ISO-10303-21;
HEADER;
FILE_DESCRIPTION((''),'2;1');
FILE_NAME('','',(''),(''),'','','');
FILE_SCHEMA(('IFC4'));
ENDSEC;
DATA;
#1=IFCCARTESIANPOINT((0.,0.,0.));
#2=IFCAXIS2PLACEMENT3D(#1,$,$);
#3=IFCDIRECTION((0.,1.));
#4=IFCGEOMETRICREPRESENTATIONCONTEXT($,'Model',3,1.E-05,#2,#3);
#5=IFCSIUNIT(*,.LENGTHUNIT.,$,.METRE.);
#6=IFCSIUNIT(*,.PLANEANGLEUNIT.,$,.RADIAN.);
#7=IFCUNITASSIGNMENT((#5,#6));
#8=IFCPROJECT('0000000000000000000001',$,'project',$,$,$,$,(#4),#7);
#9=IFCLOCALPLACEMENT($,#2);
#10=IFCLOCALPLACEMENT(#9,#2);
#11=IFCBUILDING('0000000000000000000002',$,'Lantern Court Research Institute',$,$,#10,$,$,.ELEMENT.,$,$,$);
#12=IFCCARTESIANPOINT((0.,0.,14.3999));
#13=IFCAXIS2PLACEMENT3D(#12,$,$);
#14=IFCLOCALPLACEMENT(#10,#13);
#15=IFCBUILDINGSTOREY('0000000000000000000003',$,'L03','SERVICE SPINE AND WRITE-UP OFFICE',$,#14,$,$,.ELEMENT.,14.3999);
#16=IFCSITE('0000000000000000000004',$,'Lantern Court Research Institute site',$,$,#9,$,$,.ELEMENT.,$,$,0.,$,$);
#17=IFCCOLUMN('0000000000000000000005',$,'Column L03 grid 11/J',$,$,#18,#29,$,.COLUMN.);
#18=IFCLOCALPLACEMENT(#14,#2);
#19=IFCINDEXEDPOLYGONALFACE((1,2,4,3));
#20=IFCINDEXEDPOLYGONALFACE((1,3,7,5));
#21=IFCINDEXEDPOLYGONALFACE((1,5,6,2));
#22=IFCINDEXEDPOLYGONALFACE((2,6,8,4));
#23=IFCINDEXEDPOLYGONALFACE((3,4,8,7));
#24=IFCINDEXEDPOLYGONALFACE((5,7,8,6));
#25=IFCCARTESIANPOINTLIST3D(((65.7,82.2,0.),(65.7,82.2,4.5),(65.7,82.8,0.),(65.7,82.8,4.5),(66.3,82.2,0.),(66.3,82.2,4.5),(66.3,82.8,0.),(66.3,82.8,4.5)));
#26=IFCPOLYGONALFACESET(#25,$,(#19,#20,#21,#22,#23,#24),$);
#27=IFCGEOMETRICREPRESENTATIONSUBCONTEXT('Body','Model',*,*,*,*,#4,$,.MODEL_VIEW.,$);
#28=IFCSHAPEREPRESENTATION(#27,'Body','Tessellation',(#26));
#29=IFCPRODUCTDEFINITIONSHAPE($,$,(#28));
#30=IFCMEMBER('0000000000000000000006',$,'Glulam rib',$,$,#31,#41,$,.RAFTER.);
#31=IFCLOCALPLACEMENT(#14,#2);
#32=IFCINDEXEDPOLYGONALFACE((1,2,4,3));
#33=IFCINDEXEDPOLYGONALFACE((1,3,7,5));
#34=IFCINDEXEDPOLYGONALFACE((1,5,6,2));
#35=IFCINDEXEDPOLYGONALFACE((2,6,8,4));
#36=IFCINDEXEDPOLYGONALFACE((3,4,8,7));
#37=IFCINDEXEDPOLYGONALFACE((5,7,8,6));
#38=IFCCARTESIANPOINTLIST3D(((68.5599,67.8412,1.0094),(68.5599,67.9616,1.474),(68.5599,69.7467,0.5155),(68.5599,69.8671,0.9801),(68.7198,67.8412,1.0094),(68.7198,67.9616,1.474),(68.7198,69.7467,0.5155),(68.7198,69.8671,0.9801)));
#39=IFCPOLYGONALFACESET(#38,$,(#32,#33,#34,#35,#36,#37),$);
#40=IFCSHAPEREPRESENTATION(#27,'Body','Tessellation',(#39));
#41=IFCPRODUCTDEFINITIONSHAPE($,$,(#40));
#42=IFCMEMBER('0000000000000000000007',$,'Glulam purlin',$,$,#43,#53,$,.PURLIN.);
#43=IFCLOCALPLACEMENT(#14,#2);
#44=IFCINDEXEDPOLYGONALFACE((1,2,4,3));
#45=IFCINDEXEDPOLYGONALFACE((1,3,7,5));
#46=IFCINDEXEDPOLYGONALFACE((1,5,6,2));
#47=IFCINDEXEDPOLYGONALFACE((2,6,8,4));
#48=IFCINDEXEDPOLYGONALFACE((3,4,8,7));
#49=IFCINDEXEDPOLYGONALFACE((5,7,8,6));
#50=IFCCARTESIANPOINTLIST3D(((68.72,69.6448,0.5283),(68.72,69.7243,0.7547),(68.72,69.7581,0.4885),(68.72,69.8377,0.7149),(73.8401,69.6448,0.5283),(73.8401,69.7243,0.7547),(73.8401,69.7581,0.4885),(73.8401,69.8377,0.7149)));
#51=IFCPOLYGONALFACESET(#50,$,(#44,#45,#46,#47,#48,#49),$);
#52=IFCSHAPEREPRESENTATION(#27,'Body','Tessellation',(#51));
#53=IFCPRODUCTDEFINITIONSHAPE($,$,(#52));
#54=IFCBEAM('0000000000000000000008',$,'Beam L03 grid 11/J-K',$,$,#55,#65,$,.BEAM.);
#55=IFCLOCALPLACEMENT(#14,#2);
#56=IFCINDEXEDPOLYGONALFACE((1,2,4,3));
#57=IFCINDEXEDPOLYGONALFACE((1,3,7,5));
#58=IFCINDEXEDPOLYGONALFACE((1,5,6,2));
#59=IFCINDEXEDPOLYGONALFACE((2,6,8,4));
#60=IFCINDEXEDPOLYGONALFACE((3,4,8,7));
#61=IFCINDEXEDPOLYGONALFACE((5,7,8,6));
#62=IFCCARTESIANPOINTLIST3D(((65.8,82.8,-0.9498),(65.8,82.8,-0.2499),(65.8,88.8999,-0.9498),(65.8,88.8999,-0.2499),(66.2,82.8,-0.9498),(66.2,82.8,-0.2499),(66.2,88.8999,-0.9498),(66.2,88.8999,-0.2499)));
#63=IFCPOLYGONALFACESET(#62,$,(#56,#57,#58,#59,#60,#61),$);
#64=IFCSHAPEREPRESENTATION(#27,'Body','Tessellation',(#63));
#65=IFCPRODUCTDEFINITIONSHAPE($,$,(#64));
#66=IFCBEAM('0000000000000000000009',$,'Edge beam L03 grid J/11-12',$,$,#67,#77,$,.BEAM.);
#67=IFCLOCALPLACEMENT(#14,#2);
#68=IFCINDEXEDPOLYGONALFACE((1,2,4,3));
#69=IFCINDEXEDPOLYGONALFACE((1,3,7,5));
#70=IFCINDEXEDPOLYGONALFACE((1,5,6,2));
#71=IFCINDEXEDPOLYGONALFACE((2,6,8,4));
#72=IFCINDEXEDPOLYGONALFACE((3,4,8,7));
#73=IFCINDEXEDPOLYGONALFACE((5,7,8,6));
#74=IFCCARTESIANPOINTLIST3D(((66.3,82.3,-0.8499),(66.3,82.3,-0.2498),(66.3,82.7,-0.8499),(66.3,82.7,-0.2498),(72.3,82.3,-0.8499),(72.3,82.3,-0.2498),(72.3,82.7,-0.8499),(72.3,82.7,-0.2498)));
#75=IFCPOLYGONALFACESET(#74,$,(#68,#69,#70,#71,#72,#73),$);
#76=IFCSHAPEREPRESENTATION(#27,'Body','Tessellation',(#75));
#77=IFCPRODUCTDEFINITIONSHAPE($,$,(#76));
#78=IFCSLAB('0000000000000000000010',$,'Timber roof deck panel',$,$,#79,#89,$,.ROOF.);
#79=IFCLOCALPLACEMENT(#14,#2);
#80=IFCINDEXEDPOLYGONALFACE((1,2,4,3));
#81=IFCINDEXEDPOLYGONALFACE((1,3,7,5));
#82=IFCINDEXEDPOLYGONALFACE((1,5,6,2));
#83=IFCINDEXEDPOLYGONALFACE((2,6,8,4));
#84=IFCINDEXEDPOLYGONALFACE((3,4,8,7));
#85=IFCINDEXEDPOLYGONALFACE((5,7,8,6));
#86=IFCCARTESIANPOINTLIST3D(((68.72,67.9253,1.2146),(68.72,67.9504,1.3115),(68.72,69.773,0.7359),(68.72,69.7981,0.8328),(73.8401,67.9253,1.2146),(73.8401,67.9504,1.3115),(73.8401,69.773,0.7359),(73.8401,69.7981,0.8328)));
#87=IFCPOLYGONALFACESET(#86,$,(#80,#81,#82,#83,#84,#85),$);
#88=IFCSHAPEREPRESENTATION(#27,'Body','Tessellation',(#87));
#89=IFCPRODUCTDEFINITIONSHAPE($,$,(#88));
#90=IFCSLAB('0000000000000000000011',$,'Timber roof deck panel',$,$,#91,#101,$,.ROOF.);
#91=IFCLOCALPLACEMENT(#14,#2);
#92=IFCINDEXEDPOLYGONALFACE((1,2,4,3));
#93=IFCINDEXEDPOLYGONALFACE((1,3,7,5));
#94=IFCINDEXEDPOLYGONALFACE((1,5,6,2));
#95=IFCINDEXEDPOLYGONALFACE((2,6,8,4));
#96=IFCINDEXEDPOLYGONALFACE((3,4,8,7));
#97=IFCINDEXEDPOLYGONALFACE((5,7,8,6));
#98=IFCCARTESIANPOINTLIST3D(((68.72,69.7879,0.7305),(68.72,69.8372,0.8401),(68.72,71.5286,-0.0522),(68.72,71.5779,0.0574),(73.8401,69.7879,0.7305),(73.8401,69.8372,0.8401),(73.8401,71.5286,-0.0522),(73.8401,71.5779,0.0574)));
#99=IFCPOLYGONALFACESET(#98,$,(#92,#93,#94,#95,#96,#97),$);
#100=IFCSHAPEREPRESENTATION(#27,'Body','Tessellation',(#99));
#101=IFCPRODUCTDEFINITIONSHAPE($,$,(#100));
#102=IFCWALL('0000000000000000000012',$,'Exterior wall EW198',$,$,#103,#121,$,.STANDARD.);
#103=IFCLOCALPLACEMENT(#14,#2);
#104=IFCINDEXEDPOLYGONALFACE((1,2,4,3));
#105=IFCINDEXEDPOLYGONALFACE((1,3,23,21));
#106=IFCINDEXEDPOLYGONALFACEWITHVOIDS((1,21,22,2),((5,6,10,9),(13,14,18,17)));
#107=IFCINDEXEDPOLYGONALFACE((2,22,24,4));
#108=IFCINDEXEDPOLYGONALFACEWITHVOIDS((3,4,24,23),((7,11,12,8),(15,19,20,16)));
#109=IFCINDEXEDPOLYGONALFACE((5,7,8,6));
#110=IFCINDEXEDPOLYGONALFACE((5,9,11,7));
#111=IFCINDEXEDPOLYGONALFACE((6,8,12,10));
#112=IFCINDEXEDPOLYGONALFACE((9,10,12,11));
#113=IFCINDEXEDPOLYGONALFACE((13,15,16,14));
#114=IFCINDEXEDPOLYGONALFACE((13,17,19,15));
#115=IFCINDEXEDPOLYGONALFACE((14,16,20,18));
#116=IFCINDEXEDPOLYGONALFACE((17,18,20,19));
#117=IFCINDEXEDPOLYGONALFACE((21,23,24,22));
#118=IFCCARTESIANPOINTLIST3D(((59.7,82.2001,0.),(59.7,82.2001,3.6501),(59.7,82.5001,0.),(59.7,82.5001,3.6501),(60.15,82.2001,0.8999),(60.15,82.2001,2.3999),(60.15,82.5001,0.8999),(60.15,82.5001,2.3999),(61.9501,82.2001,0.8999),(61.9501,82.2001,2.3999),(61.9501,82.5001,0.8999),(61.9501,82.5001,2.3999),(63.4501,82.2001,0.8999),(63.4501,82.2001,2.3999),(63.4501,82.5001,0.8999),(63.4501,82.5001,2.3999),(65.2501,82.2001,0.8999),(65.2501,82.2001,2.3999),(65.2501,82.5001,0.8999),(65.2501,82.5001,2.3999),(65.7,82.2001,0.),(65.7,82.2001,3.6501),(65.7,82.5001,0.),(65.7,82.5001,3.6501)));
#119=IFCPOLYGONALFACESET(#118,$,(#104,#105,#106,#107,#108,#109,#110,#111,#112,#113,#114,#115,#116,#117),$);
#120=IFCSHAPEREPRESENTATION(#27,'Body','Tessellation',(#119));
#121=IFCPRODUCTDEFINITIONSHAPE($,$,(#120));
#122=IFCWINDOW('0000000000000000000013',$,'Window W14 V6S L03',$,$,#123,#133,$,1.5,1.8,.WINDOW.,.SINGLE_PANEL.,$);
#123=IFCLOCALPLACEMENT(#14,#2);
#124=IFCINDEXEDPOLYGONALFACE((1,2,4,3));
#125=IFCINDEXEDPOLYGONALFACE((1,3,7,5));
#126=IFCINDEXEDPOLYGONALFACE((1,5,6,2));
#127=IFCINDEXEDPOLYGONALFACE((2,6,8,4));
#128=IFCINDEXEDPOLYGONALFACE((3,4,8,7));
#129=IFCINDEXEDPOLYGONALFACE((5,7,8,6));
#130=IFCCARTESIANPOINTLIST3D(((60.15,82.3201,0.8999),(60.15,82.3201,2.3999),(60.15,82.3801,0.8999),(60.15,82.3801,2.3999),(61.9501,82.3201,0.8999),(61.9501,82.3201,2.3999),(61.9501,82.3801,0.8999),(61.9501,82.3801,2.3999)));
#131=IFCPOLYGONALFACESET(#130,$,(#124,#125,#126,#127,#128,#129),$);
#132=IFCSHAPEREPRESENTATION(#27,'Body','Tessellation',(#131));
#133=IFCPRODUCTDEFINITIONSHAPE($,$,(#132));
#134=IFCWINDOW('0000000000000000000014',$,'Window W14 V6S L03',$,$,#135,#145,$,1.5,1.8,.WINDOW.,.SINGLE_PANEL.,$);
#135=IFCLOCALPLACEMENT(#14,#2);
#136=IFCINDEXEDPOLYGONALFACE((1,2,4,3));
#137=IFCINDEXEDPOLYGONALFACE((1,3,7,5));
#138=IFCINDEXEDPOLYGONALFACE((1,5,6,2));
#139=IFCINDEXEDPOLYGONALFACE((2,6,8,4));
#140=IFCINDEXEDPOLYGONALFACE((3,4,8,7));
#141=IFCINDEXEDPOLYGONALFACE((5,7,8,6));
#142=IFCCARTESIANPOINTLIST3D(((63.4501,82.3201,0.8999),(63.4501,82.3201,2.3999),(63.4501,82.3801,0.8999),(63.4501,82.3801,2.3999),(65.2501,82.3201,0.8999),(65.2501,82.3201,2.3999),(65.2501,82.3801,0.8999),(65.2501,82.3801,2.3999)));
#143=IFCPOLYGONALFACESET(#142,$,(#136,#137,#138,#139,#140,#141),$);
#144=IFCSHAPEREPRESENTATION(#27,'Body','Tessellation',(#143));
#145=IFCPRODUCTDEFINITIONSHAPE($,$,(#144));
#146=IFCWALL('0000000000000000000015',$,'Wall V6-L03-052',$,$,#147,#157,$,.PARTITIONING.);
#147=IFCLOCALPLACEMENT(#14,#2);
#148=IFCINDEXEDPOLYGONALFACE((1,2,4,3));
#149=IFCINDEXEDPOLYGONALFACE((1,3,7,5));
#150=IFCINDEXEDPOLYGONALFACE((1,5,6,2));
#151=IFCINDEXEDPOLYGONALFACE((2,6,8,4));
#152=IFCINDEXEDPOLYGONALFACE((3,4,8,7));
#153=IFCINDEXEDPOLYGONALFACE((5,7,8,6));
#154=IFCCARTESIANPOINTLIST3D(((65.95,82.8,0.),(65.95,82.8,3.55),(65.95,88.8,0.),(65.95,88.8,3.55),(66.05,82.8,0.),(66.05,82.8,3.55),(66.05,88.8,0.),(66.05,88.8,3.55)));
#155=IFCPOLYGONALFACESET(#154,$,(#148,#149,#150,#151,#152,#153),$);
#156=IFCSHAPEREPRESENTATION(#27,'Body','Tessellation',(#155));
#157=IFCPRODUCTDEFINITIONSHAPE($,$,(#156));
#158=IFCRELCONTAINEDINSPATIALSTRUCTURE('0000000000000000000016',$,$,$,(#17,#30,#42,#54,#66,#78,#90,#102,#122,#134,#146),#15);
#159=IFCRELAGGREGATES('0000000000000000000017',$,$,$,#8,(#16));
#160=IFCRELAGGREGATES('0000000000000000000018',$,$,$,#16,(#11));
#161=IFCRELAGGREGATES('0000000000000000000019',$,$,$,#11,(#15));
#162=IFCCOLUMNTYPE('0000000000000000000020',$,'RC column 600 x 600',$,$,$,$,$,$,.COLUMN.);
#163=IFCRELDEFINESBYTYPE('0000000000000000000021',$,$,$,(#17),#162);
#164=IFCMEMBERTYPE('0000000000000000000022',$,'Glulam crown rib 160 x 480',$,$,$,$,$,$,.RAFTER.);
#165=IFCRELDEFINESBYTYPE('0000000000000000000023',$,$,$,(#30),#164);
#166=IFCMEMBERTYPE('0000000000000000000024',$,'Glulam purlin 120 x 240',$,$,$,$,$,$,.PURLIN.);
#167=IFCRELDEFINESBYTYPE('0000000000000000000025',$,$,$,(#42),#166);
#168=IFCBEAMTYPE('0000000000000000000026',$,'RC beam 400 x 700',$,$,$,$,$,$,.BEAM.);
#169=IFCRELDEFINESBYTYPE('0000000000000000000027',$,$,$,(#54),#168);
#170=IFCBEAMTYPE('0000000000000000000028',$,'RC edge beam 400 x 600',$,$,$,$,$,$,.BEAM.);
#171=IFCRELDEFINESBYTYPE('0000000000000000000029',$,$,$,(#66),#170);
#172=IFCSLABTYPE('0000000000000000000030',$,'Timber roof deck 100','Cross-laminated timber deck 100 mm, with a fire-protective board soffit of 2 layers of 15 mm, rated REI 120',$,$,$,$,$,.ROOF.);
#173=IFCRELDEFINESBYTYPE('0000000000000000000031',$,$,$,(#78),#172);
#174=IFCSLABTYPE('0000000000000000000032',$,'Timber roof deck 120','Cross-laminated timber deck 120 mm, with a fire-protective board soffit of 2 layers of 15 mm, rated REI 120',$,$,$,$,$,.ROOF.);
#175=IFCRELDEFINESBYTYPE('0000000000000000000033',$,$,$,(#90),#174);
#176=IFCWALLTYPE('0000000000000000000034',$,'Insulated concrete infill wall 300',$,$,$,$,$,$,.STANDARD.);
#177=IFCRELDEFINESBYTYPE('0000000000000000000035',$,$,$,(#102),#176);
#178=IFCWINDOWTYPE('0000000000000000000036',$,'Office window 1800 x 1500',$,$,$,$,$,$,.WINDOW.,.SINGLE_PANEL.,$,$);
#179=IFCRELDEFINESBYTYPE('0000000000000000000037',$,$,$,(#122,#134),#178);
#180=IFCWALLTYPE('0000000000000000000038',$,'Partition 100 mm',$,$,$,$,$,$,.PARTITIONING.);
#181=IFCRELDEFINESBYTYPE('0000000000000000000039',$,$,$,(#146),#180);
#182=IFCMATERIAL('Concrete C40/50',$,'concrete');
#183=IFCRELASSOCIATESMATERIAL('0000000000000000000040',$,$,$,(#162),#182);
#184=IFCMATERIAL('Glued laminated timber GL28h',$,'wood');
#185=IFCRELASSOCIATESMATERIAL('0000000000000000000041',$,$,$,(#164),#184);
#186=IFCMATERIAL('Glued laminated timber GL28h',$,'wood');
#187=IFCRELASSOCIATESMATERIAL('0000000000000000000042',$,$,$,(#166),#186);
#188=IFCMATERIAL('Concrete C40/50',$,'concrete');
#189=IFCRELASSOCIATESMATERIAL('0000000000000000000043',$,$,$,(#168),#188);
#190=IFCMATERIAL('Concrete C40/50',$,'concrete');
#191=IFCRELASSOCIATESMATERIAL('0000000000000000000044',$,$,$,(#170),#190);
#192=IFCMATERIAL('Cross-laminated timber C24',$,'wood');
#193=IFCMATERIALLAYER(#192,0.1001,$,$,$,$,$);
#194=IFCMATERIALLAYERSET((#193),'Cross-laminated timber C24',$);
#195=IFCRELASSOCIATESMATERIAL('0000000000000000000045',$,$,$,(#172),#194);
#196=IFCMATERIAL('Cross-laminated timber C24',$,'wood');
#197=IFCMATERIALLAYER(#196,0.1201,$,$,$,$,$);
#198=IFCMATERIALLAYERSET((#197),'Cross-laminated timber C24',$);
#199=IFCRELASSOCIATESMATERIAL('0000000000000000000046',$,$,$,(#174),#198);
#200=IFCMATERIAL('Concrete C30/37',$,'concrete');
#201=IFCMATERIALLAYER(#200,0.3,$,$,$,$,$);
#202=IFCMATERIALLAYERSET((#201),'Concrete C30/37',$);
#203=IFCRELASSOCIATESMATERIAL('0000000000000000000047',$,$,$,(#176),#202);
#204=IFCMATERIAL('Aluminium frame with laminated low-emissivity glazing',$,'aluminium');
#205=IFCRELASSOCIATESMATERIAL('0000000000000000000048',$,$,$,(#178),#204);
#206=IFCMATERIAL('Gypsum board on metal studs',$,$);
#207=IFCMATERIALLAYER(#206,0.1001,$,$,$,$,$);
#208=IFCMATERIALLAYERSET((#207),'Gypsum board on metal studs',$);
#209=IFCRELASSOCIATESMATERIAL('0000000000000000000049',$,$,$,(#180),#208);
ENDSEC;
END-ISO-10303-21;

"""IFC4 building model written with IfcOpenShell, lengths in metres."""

from ifc_helpers import new_model, si_unit, direction, frame, frame_2d, origin, origin_2d, place, context, subcontext, project, spatial, polyline, rectangle, outline, extrude, material, layer, layer_set, material_profile, profile_set, type_object, element, fill, save


model = new_model("IFC4")

# Units and contexts
model_context = context("Model", 3, precision=1e-05, world=origin(), true_north=direction((0.0, 1.0)))
body_context = subcontext(model_context, "Body", "Model", "MODEL_VIEW")
ifc_project = project(units=[si_unit("LENGTHUNIT", "METRE"), si_unit("PLANEANGLEUNIT", "RADIAN")], contexts=[model_context])

# Site, building, storey
site_placement = place(None, origin())
site = spatial("IfcSite", under=ifc_project, at=site_placement, Name="Lantern Court Research Institute site", CompositionType="ELEMENT", RefElevation=0.0)
building_placement = place(site_placement, origin())
building = spatial("IfcBuilding", under=site, at=building_placement, Name="Lantern Court Research Institute", CompositionType="ELEMENT")
storey_placement = place(building_placement, frame((0.0, 0.0, 14.3999)))
storey = spatial("IfcBuildingStorey", under=building, at=storey_placement, Name="L03", Description="SERVICE SPINE AND WRITE-UP OFFICE", CompositionType="ELEMENT", Elevation=14.3999)

# Column
ifc_material_1 = material(Name="Concrete C40/50", Category="concrete")
ifc_material_profile_1 = material_profile(ifc_material_1, rectangle(XDim=0.6001, YDim=0.6001, at=origin_2d()), Name="RC column 600 x 600")
ifc_profile_set_1 = profile_set([ifc_material_profile_1], Name="Concrete C40/50")
column_type = type_object("IfcColumnType", Name="RC column 600 x 600", PredefinedType="COLUMN", material=ifc_profile_set_1)
column_placement = place(storey_placement, frame((66.0, 82.5, 0.0), z_axis=(0.0, 0.0, 1.0), x_axis=(1.0, 0.0, 0.0)))
element("IfcColumn", 1, at=column_placement, inside=storey, type_object=column_type, Name="Column L03 grid 11/J", PredefinedType="COLUMN", context=body_context, shape_type="SweptSolid", body=[
    extrude(rectangle(XDim=0.6001, YDim=0.6001, at=origin_2d()), origin(), (0.0, 0.0, 1.0), 4.5),
])

# Members
ifc_material_2 = material(Name="Glued laminated timber GL28h", Category="wood")
ifc_material_profile_2 = material_profile(ifc_material_2, rectangle(XDim=0.1599, YDim=0.48, at=origin_2d()), Name="Glulam crown rib 160 x 480")
ifc_profile_set_2 = profile_set([ifc_material_profile_2], Name="Glued laminated timber GL28h")
member_type_1 = type_object("IfcMemberType", Name="Glulam crown rib 160 x 480", PredefinedType="RAFTER", material=ifc_profile_set_2)
member_1_placement = place(storey_placement, frame((68.6399, 67.9014, 1.2417), z_axis=(0.0, 0.968013, -0.250902), x_axis=(-1.0, 0.0, 0.0)))
element("IfcMember", 2, at=member_1_placement, inside=storey, type_object=member_type_1, Name="Glulam rib", PredefinedType="RAFTER", context=body_context, shape_type="SweptSolid", body=[
    extrude(rectangle(XDim=0.1599, YDim=0.48, at=origin_2d()), origin(), (0.0, 0.0, 1.0), 1.9685),
])
ifc_material_3 = material(Name="Glued laminated timber GL28h", Category="wood")
ifc_material_profile_3 = material_profile(ifc_material_3, rectangle(XDim=0.1201, YDim=0.24, at=origin_2d()), Name="Glulam purlin 120 x 240")
ifc_profile_set_3 = profile_set([ifc_material_profile_3], Name="Glued laminated timber GL28h")
member_type_2 = type_object("IfcMemberType", Name="Glulam purlin 120 x 240", PredefinedType="PURLIN", material=ifc_profile_set_3)
member_2_placement = place(storey_placement, frame((68.72, 69.7412, 0.6216), z_axis=(1.0, 0.0, 0.0), x_axis=(0.0, 0.943398, -0.331663)))
element("IfcMember", 3, at=member_2_placement, inside=storey, type_object=member_type_2, Name="Glulam purlin", PredefinedType="PURLIN", context=body_context, shape_type="SweptSolid", body=[
    extrude(rectangle(XDim=0.1201, YDim=0.24, at=origin_2d()), origin(), (0.0, 0.0, 1.0), 5.1201),
])

# Beams
ifc_material_4 = material(Name="Concrete C40/50", Category="concrete")
ifc_material_profile_4 = material_profile(ifc_material_4, rectangle(XDim=0.3999, YDim=0.7, at=origin_2d()), Name="RC beam 400 x 700")
ifc_profile_set_4 = profile_set([ifc_material_profile_4], Name="Concrete C40/50")
beam_type_1 = type_object("IfcBeamType", Name="RC beam 400 x 700", PredefinedType="BEAM", material=ifc_profile_set_4)
beam_1_placement = place(storey_placement, frame((66.0, 82.8, -0.5999), z_axis=(0.0, 1.0, 0.0), x_axis=(-1.0, 0.0, 0.0)))
element("IfcBeam", 4, at=beam_1_placement, inside=storey, type_object=beam_type_1, Name="Beam L03 grid 11/J-K", PredefinedType="BEAM", context=body_context, shape_type="SweptSolid", body=[
    extrude(rectangle(XDim=0.3999, YDim=0.7, at=origin_2d()), origin(), (0.0, 0.0, 1.0), 6.0999),
])
ifc_material_5 = material(Name="Concrete C40/50", Category="concrete")
ifc_material_profile_5 = material_profile(ifc_material_5, rectangle(XDim=0.3999, YDim=0.6001, at=origin_2d()), Name="RC beam 400 x 600")
ifc_profile_set_5 = profile_set([ifc_material_profile_5], Name="Concrete C40/50")
beam_type_2 = type_object("IfcBeamType", Name="RC edge beam 400 x 600", PredefinedType="BEAM", material=ifc_profile_set_5)
beam_2_placement = place(storey_placement, frame((66.3, 82.5, -0.5498), z_axis=(1.0, 0.0, 0.0), x_axis=(0.0, 1.0, 0.0)))
element("IfcBeam", 5, at=beam_2_placement, inside=storey, type_object=beam_type_2, Name="Edge beam L03 grid J/11-12", PredefinedType="BEAM", context=body_context, shape_type="SweptSolid", body=[
    extrude(rectangle(XDim=0.3999, YDim=0.6001, at=origin_2d()), origin(), (0.0, 0.0, 1.0), 6.0),
])

# Slabs
ifc_material_6 = material(Name="Cross-laminated timber C24", Category="wood")
ifc_layer_1 = layer(ifc_material_6, 0.1001)
ifc_layer_set_1 = layer_set([ifc_layer_1], Name="Cross-laminated timber C24")
slab_type_1 = type_object("IfcSlabType", Name="Timber roof deck 100", Description="Cross-laminated timber deck 100 mm, with a fire-protective board soffit of 2 layers of 15 mm, rated REI 120", PredefinedType="ROOF", material=ifc_layer_set_1)
slab_1_placement = place(storey_placement, frame((68.72, 67.9504, 1.3115), z_axis=(0.0, 0.250833, 0.96803), x_axis=(1.0, 0.0, 0.0)))
element("IfcSlab", 6, at=slab_1_placement, inside=storey, type_object=slab_type_1, Name="Timber roof deck panel", PredefinedType="ROOF", context=body_context, shape_type="SweptSolid", body=[
    extrude(outline(polyline([(0.0, 0.0), (5.1201, 0.0), (5.1201, 1.9087), (0.0, 1.9087), (0.0, 0.0)])), origin(), (0.0, 0.0, -1.0), 0.1001),
])
ifc_material_7 = material(Name="Cross-laminated timber C24", Category="wood")
ifc_layer_2 = layer(ifc_material_7, 0.1201)
ifc_layer_set_2 = layer_set([ifc_layer_2], Name="Cross-laminated timber C24")
slab_type_2 = type_object("IfcSlabType", Name="Timber roof deck 120", Description="Cross-laminated timber deck 120 mm, with a fire-protective board soffit of 2 layers of 15 mm, rated REI 120", PredefinedType="ROOF", material=ifc_layer_set_2)
slab_2_placement = place(storey_placement, frame((68.72, 69.8372, 0.8401), z_axis=(0.0, 0.410099, 0.912041), x_axis=(1.0, 0.0, 0.0)))
element("IfcSlab", 7, at=slab_2_placement, inside=storey, type_object=slab_type_2, Name="Timber roof deck panel", PredefinedType="ROOF", context=body_context, shape_type="SweptSolid", body=[
    extrude(outline(polyline([(0.0, 0.0), (5.1201, 0.0), (5.1201, 1.9086), (0.0, 1.9086), (0.0, 0.0)])), origin(), (0.0, 0.0, -1.0), 0.1201),
])

# Wall, openings, windows
ifc_material_8 = material(Name="Concrete C30/37", Category="concrete")
ifc_layer_3 = layer(ifc_material_8, 0.3)
ifc_layer_set_3 = layer_set([ifc_layer_3], Name="Concrete C30/37")
wall_type_1 = type_object("IfcWallType", Name="Insulated concrete infill wall 300", PredefinedType="STANDARD", material=ifc_layer_set_3)
wall_1_placement = place(storey_placement, frame((65.7, 82.3501, 0.0), z_axis=(0.0, 0.0, 1.0), x_axis=(-1.0, 0.0, 0.0)))
wall_1 = element("IfcWall", 8, at=wall_1_placement, inside=storey, type_object=wall_type_1, Name="Exterior wall EW198", PredefinedType="STANDARD", context=body_context, shape_type="SweptSolid", body=[
    extrude(rectangle(XDim=6.0, YDim=0.3, at=frame_2d((3.0, 0.0))), origin(), (0.0, 0.0, 1.0), 3.6501),
])
opening_1_placement = place(wall_1_placement, frame((3.75, 0.0, 0.8999)))
opening_1 = element("IfcOpeningElement", 9, at=opening_1_placement, cuts=wall_1, PredefinedType="OPENING", context=body_context, shape_type="SweptSolid", body=[
    extrude(rectangle(XDim=1.8, YDim=1.5, at=frame_2d((0.8999, 0.75))), frame((0.0, 0.1599, 0.0), z_axis=(0.0, -1.0, 0.0), x_axis=(1.0, 0.0, 0.0)), (0.0, 0.0, 1.0), 0.3201),
])
opening_2_placement = place(wall_1_placement, frame((0.45, 0.0, 0.8999)))
opening_2 = element("IfcOpeningElement", 10, at=opening_2_placement, cuts=wall_1, PredefinedType="OPENING", context=body_context, shape_type="SweptSolid", body=[
    extrude(rectangle(XDim=1.8, YDim=1.5, at=frame_2d((0.8999, 0.75))), frame((0.0, 0.1599, 0.0), z_axis=(0.0, -1.0, 0.0), x_axis=(1.0, 0.0, 0.0)), (0.0, 0.0, 1.0), 0.3201),
])
ifc_material_9 = material(Name="Aluminium frame with laminated low-emissivity glazing", Category="aluminium")
window_type = type_object("IfcWindowType", Name="Office window 1800 x 1500", PartitioningType="SINGLE_PANEL", PredefinedType="WINDOW", material=ifc_material_9)
window_1_placement = place(opening_1_placement, origin())
window_1 = element("IfcWindow", 11, at=window_1_placement, inside=storey, type_object=window_type, Name="Window W14 V6S L03", OverallHeight=1.5, OverallWidth=1.8, PartitioningType="SINGLE_PANEL", PredefinedType="WINDOW", context=body_context, shape_type="SweptSolid", body=[
    extrude(rectangle(XDim=1.8, YDim=1.5, at=frame_2d((0.8999, 0.75))), frame((0.0, 0.03, 0.0), z_axis=(0.0, -1.0, 0.0), x_axis=(1.0, 0.0, 0.0)), (0.0, 0.0, 1.0), 0.0601),
])
fill(opening_1, window_1)
window_2_placement = place(opening_2_placement, origin())
window_2 = element("IfcWindow", 12, at=window_2_placement, inside=storey, type_object=window_type, Name="Window W14 V6S L03", OverallHeight=1.5, OverallWidth=1.8, PartitioningType="SINGLE_PANEL", PredefinedType="WINDOW", context=body_context, shape_type="SweptSolid", body=[
    extrude(rectangle(XDim=1.8, YDim=1.5, at=frame_2d((0.8999, 0.75))), frame((0.0, 0.03, 0.0), z_axis=(0.0, -1.0, 0.0), x_axis=(1.0, 0.0, 0.0)), (0.0, 0.0, 1.0), 0.0601),
])
fill(opening_2, window_2)

# Wall
ifc_material_10 = material(Name="Gypsum board on metal studs")
ifc_layer_4 = layer(ifc_material_10, 0.1001)
ifc_layer_set_4 = layer_set([ifc_layer_4], Name="Gypsum board on metal studs")
wall_type_2 = type_object("IfcWallType", Name="Partition 100 mm", PredefinedType="PARTITIONING", material=ifc_layer_set_4)
wall_2_placement = place(storey_placement, frame((66.0, 82.8, 0.0), z_axis=(0.0, 0.0, 1.0), x_axis=(0.0, 1.0, 0.0)))
element("IfcWall", 13, at=wall_2_placement, inside=storey, type_object=wall_type_2, Name="Wall V6-L03-052", PredefinedType="PARTITIONING", context=body_context, shape_type="SweptSolid", body=[
    extrude(rectangle(XDim=6.0, YDim=0.1001, at=frame_2d((3.0, 0.0))), origin(), (0.0, 0.0, 1.0), 3.55),
])

save(model, "model.ifc")
